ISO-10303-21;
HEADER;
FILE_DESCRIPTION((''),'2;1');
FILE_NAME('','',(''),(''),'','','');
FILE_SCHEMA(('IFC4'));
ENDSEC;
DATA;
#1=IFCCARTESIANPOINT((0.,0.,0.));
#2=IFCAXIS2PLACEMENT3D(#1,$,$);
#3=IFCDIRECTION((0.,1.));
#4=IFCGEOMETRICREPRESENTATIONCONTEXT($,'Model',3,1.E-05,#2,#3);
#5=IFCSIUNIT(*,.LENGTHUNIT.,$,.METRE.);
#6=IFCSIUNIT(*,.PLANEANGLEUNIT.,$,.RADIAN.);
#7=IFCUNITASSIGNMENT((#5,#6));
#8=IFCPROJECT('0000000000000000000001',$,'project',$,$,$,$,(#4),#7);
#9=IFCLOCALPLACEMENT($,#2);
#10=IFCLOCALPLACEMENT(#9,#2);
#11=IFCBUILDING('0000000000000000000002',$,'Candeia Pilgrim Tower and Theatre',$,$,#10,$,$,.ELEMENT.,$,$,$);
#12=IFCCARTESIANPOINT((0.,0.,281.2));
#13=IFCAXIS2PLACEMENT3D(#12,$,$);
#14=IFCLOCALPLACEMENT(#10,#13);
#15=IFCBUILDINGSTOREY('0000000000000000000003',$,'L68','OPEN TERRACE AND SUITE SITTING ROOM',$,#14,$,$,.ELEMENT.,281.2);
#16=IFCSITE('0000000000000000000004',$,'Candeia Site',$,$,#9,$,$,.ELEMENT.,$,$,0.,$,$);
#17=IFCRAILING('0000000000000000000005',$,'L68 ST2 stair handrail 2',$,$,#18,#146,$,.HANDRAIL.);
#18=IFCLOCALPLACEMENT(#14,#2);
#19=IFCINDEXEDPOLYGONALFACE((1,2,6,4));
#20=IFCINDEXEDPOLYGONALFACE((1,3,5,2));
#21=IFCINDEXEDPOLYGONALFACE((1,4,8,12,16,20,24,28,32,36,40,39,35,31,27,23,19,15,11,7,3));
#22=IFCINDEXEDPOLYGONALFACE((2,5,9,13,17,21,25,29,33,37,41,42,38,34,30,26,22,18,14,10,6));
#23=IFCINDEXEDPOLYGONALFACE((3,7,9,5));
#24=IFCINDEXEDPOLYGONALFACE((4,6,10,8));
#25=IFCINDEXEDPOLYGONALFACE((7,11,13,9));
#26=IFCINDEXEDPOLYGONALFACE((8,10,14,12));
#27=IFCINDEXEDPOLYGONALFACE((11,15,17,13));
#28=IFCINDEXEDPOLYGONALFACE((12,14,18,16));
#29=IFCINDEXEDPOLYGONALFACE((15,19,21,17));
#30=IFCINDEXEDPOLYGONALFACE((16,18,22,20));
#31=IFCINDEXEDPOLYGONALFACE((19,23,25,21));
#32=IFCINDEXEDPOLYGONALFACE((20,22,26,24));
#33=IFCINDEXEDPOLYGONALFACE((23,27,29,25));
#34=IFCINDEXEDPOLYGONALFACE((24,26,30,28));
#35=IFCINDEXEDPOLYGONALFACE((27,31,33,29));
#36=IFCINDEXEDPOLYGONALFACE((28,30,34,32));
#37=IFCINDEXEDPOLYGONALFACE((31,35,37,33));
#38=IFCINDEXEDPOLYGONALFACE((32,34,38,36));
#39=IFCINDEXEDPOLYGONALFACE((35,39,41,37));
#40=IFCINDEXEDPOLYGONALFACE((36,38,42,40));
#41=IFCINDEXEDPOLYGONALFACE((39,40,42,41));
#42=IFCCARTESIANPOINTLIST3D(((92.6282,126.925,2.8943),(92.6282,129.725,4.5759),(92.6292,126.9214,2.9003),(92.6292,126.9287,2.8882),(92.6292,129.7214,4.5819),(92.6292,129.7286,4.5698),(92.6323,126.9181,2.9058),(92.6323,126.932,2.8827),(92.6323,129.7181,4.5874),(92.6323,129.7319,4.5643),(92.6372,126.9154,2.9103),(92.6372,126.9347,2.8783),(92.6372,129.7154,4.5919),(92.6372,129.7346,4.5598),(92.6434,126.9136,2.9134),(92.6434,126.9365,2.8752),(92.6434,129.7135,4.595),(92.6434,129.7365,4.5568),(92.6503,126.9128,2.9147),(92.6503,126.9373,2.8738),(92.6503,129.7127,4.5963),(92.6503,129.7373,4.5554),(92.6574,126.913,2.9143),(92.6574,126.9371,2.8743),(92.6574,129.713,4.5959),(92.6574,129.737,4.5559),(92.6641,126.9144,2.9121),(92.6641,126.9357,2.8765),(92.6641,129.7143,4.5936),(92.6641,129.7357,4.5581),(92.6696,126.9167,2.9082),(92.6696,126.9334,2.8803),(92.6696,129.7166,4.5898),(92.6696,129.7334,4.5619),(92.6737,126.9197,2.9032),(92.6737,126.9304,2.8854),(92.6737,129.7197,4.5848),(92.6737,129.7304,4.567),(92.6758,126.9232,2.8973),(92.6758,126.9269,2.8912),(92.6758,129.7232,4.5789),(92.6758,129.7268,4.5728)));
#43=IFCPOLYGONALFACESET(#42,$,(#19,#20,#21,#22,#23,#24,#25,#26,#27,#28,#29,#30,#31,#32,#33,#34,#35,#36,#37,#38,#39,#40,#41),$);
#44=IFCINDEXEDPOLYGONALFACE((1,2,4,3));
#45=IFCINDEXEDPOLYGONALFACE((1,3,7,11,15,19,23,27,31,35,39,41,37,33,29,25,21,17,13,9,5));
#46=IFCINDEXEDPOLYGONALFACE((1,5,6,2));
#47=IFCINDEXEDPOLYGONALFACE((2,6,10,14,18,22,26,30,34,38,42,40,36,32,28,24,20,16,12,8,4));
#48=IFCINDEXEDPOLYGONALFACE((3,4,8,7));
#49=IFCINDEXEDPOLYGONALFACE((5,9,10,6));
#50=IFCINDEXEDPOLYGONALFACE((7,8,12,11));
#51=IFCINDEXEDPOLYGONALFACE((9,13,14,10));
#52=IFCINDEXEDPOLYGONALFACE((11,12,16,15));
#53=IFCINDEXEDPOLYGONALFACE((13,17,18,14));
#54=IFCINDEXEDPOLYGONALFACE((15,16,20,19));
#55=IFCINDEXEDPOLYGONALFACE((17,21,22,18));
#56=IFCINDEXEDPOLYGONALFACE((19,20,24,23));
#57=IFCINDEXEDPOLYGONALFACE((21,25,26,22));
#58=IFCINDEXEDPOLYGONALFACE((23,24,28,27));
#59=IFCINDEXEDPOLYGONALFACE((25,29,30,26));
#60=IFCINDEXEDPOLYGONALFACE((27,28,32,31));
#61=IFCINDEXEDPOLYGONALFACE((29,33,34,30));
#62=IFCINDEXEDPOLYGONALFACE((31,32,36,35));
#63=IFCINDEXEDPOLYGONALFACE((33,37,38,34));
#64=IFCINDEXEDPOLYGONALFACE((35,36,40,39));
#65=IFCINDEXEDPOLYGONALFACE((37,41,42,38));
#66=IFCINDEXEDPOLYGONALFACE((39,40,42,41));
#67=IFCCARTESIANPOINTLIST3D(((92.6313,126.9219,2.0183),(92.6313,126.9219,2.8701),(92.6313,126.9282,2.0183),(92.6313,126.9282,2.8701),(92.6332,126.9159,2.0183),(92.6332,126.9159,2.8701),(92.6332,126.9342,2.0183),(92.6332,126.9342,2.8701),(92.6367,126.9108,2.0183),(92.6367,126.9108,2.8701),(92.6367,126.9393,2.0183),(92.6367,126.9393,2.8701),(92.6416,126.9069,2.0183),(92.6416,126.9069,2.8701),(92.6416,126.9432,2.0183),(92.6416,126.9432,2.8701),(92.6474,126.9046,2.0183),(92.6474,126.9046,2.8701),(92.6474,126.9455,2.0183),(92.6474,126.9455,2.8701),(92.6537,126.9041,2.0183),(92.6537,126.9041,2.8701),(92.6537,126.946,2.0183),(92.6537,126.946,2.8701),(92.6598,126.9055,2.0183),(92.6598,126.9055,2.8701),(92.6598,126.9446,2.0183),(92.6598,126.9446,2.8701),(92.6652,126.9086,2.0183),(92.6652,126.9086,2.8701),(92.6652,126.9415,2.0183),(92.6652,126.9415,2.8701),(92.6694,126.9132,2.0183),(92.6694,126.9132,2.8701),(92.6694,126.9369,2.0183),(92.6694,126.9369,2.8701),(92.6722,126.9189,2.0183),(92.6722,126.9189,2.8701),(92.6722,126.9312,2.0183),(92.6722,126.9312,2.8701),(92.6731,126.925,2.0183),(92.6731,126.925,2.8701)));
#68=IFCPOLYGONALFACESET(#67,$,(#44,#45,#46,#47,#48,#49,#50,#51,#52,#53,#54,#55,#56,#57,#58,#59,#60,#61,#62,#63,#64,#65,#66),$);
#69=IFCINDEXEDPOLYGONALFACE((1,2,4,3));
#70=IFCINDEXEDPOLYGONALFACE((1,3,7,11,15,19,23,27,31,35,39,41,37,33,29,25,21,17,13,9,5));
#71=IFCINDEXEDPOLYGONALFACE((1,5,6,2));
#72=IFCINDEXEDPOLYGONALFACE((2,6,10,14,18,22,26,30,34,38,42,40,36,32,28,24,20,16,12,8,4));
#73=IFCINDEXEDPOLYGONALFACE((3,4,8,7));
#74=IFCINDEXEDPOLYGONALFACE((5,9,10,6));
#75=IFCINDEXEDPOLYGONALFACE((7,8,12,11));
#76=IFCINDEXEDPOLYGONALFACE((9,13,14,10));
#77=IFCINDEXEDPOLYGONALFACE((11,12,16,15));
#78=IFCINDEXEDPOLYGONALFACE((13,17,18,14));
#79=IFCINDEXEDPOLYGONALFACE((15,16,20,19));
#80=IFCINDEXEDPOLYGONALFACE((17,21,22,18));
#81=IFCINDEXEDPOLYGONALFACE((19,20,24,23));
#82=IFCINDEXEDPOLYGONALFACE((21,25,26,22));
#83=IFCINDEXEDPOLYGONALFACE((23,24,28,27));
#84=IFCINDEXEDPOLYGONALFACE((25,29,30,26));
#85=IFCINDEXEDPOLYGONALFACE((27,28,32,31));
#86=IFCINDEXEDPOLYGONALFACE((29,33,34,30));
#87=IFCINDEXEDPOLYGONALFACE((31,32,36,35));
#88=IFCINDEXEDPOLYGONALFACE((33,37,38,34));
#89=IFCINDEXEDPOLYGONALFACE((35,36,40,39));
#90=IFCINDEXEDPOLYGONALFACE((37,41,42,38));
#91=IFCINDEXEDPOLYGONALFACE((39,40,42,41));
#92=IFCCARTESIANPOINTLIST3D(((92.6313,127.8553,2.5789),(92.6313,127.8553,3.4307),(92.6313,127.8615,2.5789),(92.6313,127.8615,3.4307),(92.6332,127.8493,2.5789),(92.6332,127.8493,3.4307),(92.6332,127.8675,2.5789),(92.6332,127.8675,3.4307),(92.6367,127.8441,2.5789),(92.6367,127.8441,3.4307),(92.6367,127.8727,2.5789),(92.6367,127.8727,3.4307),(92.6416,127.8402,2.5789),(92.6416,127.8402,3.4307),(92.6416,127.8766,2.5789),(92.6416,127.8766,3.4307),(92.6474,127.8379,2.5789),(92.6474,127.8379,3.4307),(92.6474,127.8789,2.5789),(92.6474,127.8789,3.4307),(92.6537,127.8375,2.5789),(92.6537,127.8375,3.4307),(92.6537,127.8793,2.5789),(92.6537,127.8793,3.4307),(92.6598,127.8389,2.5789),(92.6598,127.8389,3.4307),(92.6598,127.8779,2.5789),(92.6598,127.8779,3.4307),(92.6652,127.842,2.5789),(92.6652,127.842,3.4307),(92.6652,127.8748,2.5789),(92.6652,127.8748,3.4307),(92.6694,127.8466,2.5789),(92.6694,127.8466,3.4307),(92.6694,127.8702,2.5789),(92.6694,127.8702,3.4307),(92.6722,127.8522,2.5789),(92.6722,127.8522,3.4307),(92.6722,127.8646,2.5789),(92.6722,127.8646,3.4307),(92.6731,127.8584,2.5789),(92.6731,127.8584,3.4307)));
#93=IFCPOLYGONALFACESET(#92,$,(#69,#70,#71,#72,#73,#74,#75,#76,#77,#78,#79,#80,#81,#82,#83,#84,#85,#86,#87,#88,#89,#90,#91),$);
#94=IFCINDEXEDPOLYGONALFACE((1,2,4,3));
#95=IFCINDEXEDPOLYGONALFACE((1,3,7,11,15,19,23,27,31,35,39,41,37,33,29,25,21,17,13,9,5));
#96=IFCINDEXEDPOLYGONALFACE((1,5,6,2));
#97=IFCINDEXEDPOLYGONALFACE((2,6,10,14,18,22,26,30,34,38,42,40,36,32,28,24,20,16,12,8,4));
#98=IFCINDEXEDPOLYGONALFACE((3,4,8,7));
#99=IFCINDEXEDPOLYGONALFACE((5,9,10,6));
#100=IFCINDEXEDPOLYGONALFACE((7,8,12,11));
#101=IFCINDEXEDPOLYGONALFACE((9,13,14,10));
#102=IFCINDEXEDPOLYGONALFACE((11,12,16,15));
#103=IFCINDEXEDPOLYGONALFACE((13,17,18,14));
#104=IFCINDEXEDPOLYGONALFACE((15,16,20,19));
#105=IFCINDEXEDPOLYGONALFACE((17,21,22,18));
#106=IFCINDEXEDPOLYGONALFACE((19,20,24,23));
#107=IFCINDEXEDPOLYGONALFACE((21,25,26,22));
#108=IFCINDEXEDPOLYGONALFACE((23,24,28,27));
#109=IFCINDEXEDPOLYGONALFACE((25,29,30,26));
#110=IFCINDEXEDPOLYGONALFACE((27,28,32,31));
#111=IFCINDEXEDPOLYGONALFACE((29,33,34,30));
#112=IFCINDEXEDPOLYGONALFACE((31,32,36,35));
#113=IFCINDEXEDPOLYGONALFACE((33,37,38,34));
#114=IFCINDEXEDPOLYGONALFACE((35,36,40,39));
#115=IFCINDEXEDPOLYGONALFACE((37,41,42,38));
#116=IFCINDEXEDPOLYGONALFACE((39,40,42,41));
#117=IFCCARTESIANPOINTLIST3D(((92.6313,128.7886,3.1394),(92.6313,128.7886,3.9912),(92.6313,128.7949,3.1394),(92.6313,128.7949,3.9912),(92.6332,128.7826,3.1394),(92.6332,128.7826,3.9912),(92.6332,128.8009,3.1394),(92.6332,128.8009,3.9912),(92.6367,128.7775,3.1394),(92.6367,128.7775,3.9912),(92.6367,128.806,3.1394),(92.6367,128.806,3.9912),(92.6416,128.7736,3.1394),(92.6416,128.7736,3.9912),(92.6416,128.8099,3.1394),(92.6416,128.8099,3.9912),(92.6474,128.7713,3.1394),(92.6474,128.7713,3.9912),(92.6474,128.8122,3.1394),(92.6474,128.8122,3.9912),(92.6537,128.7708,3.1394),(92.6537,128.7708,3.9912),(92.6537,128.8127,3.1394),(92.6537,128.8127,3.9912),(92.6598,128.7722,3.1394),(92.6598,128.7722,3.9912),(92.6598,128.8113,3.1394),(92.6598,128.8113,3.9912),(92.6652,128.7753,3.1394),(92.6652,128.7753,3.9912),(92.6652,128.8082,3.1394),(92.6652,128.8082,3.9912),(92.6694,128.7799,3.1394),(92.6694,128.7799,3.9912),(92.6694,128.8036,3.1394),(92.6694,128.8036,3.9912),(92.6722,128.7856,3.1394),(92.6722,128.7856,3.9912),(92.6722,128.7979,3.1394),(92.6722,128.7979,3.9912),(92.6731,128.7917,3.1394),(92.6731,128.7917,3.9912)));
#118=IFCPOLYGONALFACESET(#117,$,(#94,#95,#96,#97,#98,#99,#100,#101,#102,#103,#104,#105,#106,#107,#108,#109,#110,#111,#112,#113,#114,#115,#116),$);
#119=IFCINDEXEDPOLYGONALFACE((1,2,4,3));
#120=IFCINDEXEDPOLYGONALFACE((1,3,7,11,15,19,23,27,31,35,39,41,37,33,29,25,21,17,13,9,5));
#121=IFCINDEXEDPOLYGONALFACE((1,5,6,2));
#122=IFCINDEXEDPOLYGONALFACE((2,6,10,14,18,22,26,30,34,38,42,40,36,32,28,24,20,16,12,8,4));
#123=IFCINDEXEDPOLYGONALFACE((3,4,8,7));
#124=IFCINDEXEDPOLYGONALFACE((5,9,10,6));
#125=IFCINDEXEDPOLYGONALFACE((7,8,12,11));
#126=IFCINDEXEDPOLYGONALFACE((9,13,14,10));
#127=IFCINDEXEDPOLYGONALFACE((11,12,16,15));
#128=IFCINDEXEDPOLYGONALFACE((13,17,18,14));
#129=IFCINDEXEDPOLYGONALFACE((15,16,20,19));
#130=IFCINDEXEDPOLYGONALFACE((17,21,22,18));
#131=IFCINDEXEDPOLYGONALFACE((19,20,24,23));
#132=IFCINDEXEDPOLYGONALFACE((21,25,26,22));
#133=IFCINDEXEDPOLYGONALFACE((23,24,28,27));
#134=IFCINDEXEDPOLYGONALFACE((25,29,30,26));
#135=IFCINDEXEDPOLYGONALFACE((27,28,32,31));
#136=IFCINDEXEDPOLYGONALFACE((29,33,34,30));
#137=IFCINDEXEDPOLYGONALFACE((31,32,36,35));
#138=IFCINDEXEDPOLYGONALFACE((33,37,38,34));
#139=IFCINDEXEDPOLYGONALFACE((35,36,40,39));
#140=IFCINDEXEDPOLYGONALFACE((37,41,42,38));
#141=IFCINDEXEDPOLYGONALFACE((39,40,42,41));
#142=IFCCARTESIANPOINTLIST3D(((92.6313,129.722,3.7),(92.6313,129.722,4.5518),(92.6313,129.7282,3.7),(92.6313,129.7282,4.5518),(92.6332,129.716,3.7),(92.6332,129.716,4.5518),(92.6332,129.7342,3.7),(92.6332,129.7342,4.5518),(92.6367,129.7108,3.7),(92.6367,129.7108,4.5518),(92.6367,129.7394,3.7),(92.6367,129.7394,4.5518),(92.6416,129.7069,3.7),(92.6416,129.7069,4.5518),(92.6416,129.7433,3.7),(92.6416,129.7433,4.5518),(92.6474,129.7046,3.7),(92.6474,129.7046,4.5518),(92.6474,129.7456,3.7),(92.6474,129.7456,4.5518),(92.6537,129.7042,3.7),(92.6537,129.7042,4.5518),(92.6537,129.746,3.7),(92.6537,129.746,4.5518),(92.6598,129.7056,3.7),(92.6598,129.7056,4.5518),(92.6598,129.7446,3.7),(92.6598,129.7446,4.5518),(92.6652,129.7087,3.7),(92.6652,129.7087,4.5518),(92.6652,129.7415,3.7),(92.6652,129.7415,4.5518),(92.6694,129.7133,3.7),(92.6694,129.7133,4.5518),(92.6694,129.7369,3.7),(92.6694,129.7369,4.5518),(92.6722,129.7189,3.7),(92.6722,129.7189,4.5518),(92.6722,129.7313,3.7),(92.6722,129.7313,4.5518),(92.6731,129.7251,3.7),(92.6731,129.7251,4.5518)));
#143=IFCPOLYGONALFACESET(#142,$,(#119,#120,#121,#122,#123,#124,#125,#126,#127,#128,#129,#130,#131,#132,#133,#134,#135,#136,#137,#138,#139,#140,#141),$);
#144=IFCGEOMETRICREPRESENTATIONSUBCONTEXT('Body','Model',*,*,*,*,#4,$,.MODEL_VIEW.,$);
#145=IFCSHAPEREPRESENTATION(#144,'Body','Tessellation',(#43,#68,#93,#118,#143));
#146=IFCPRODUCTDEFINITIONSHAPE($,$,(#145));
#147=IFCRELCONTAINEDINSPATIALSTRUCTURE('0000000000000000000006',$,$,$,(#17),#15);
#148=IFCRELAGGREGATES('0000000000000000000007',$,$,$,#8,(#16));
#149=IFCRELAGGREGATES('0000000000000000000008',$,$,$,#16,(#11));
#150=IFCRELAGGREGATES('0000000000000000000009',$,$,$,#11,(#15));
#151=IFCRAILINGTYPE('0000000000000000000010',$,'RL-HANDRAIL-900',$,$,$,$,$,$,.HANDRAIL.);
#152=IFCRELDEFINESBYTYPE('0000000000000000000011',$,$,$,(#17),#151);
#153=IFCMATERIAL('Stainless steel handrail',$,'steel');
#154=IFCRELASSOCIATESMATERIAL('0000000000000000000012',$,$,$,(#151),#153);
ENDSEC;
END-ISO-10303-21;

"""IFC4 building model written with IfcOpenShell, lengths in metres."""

from ifc_helpers import new_model, si_unit, direction, frame, origin, origin_2d, place, context, subcontext, project, spatial, circle, extrude, material, type_object, element, save


model = new_model("IFC4")

# Units and contexts
model_context = context("Model", 3, precision=1e-05, world=origin(), true_north=direction((0.0, 1.0)))
body_context = subcontext(model_context, "Body", "Model", "MODEL_VIEW")
ifc_project = project(units=[si_unit("LENGTHUNIT", "METRE"), si_unit("PLANEANGLEUNIT", "RADIAN")], contexts=[model_context])

# Site, building, storey
site_placement = place(None, origin())
site = spatial("IfcSite", under=ifc_project, at=site_placement, Name="Candeia Site", CompositionType="ELEMENT", RefElevation=0.0)
building_placement = place(site_placement, origin())
building = spatial("IfcBuilding", under=site, at=building_placement, Name="Candeia Pilgrim Tower and Theatre", CompositionType="ELEMENT")
storey_placement = place(building_placement, frame((0.0, 0.0, 281.2)))
storey = spatial("IfcBuildingStorey", under=building, at=storey_placement, Name="L68", Description="OPEN TERRACE AND SUITE SITTING ROOM", CompositionType="ELEMENT", Elevation=281.2)

# Railing
ifc_material_1 = material(Name="Stainless steel handrail", Category="steel")
railing_type_1 = type_object("IfcRailingType", Name="RL-HANDRAIL-900", PredefinedType="HANDRAIL", material=ifc_material_1)
railing_1_placement = place(storey_placement, frame((92.6521, 126.925, 2.0183)))
element("IfcRailing", 1, at=railing_1_placement, inside=storey, type_object=railing_type_1, Name="L68 ST2 stair handrail 2", PredefinedType="HANDRAIL", context=body_context, shape_type="SweptSolid", body=[
    extrude(circle(Radius=0.0239, at=origin_2d()), frame((0.0, 0.0, 0.876), z_axis=(0.0, 0.857275, 0.514858), x_axis=(-1.0, 0.0, 0.0)), (0.0, 0.0, 1.0), 3.2661),
    extrude(circle(Radius=0.021, at=origin_2d()), origin(), (0.0, 0.0, 1.0), 0.8518),
    extrude(circle(Radius=0.021, at=origin_2d()), frame((0.0, 0.9333, 0.5605)), (0.0, 0.0, 1.0), 0.8518),
    extrude(circle(Radius=0.021, at=origin_2d()), frame((0.0, 1.8667, 1.1211)), (0.0, 0.0, 1.0), 0.8518),
    extrude(circle(Radius=0.021, at=origin_2d()), frame((0.0, 2.8, 1.6816)), (0.0, 0.0, 1.0), 0.8518),
])

save(model, "model.ifc")
